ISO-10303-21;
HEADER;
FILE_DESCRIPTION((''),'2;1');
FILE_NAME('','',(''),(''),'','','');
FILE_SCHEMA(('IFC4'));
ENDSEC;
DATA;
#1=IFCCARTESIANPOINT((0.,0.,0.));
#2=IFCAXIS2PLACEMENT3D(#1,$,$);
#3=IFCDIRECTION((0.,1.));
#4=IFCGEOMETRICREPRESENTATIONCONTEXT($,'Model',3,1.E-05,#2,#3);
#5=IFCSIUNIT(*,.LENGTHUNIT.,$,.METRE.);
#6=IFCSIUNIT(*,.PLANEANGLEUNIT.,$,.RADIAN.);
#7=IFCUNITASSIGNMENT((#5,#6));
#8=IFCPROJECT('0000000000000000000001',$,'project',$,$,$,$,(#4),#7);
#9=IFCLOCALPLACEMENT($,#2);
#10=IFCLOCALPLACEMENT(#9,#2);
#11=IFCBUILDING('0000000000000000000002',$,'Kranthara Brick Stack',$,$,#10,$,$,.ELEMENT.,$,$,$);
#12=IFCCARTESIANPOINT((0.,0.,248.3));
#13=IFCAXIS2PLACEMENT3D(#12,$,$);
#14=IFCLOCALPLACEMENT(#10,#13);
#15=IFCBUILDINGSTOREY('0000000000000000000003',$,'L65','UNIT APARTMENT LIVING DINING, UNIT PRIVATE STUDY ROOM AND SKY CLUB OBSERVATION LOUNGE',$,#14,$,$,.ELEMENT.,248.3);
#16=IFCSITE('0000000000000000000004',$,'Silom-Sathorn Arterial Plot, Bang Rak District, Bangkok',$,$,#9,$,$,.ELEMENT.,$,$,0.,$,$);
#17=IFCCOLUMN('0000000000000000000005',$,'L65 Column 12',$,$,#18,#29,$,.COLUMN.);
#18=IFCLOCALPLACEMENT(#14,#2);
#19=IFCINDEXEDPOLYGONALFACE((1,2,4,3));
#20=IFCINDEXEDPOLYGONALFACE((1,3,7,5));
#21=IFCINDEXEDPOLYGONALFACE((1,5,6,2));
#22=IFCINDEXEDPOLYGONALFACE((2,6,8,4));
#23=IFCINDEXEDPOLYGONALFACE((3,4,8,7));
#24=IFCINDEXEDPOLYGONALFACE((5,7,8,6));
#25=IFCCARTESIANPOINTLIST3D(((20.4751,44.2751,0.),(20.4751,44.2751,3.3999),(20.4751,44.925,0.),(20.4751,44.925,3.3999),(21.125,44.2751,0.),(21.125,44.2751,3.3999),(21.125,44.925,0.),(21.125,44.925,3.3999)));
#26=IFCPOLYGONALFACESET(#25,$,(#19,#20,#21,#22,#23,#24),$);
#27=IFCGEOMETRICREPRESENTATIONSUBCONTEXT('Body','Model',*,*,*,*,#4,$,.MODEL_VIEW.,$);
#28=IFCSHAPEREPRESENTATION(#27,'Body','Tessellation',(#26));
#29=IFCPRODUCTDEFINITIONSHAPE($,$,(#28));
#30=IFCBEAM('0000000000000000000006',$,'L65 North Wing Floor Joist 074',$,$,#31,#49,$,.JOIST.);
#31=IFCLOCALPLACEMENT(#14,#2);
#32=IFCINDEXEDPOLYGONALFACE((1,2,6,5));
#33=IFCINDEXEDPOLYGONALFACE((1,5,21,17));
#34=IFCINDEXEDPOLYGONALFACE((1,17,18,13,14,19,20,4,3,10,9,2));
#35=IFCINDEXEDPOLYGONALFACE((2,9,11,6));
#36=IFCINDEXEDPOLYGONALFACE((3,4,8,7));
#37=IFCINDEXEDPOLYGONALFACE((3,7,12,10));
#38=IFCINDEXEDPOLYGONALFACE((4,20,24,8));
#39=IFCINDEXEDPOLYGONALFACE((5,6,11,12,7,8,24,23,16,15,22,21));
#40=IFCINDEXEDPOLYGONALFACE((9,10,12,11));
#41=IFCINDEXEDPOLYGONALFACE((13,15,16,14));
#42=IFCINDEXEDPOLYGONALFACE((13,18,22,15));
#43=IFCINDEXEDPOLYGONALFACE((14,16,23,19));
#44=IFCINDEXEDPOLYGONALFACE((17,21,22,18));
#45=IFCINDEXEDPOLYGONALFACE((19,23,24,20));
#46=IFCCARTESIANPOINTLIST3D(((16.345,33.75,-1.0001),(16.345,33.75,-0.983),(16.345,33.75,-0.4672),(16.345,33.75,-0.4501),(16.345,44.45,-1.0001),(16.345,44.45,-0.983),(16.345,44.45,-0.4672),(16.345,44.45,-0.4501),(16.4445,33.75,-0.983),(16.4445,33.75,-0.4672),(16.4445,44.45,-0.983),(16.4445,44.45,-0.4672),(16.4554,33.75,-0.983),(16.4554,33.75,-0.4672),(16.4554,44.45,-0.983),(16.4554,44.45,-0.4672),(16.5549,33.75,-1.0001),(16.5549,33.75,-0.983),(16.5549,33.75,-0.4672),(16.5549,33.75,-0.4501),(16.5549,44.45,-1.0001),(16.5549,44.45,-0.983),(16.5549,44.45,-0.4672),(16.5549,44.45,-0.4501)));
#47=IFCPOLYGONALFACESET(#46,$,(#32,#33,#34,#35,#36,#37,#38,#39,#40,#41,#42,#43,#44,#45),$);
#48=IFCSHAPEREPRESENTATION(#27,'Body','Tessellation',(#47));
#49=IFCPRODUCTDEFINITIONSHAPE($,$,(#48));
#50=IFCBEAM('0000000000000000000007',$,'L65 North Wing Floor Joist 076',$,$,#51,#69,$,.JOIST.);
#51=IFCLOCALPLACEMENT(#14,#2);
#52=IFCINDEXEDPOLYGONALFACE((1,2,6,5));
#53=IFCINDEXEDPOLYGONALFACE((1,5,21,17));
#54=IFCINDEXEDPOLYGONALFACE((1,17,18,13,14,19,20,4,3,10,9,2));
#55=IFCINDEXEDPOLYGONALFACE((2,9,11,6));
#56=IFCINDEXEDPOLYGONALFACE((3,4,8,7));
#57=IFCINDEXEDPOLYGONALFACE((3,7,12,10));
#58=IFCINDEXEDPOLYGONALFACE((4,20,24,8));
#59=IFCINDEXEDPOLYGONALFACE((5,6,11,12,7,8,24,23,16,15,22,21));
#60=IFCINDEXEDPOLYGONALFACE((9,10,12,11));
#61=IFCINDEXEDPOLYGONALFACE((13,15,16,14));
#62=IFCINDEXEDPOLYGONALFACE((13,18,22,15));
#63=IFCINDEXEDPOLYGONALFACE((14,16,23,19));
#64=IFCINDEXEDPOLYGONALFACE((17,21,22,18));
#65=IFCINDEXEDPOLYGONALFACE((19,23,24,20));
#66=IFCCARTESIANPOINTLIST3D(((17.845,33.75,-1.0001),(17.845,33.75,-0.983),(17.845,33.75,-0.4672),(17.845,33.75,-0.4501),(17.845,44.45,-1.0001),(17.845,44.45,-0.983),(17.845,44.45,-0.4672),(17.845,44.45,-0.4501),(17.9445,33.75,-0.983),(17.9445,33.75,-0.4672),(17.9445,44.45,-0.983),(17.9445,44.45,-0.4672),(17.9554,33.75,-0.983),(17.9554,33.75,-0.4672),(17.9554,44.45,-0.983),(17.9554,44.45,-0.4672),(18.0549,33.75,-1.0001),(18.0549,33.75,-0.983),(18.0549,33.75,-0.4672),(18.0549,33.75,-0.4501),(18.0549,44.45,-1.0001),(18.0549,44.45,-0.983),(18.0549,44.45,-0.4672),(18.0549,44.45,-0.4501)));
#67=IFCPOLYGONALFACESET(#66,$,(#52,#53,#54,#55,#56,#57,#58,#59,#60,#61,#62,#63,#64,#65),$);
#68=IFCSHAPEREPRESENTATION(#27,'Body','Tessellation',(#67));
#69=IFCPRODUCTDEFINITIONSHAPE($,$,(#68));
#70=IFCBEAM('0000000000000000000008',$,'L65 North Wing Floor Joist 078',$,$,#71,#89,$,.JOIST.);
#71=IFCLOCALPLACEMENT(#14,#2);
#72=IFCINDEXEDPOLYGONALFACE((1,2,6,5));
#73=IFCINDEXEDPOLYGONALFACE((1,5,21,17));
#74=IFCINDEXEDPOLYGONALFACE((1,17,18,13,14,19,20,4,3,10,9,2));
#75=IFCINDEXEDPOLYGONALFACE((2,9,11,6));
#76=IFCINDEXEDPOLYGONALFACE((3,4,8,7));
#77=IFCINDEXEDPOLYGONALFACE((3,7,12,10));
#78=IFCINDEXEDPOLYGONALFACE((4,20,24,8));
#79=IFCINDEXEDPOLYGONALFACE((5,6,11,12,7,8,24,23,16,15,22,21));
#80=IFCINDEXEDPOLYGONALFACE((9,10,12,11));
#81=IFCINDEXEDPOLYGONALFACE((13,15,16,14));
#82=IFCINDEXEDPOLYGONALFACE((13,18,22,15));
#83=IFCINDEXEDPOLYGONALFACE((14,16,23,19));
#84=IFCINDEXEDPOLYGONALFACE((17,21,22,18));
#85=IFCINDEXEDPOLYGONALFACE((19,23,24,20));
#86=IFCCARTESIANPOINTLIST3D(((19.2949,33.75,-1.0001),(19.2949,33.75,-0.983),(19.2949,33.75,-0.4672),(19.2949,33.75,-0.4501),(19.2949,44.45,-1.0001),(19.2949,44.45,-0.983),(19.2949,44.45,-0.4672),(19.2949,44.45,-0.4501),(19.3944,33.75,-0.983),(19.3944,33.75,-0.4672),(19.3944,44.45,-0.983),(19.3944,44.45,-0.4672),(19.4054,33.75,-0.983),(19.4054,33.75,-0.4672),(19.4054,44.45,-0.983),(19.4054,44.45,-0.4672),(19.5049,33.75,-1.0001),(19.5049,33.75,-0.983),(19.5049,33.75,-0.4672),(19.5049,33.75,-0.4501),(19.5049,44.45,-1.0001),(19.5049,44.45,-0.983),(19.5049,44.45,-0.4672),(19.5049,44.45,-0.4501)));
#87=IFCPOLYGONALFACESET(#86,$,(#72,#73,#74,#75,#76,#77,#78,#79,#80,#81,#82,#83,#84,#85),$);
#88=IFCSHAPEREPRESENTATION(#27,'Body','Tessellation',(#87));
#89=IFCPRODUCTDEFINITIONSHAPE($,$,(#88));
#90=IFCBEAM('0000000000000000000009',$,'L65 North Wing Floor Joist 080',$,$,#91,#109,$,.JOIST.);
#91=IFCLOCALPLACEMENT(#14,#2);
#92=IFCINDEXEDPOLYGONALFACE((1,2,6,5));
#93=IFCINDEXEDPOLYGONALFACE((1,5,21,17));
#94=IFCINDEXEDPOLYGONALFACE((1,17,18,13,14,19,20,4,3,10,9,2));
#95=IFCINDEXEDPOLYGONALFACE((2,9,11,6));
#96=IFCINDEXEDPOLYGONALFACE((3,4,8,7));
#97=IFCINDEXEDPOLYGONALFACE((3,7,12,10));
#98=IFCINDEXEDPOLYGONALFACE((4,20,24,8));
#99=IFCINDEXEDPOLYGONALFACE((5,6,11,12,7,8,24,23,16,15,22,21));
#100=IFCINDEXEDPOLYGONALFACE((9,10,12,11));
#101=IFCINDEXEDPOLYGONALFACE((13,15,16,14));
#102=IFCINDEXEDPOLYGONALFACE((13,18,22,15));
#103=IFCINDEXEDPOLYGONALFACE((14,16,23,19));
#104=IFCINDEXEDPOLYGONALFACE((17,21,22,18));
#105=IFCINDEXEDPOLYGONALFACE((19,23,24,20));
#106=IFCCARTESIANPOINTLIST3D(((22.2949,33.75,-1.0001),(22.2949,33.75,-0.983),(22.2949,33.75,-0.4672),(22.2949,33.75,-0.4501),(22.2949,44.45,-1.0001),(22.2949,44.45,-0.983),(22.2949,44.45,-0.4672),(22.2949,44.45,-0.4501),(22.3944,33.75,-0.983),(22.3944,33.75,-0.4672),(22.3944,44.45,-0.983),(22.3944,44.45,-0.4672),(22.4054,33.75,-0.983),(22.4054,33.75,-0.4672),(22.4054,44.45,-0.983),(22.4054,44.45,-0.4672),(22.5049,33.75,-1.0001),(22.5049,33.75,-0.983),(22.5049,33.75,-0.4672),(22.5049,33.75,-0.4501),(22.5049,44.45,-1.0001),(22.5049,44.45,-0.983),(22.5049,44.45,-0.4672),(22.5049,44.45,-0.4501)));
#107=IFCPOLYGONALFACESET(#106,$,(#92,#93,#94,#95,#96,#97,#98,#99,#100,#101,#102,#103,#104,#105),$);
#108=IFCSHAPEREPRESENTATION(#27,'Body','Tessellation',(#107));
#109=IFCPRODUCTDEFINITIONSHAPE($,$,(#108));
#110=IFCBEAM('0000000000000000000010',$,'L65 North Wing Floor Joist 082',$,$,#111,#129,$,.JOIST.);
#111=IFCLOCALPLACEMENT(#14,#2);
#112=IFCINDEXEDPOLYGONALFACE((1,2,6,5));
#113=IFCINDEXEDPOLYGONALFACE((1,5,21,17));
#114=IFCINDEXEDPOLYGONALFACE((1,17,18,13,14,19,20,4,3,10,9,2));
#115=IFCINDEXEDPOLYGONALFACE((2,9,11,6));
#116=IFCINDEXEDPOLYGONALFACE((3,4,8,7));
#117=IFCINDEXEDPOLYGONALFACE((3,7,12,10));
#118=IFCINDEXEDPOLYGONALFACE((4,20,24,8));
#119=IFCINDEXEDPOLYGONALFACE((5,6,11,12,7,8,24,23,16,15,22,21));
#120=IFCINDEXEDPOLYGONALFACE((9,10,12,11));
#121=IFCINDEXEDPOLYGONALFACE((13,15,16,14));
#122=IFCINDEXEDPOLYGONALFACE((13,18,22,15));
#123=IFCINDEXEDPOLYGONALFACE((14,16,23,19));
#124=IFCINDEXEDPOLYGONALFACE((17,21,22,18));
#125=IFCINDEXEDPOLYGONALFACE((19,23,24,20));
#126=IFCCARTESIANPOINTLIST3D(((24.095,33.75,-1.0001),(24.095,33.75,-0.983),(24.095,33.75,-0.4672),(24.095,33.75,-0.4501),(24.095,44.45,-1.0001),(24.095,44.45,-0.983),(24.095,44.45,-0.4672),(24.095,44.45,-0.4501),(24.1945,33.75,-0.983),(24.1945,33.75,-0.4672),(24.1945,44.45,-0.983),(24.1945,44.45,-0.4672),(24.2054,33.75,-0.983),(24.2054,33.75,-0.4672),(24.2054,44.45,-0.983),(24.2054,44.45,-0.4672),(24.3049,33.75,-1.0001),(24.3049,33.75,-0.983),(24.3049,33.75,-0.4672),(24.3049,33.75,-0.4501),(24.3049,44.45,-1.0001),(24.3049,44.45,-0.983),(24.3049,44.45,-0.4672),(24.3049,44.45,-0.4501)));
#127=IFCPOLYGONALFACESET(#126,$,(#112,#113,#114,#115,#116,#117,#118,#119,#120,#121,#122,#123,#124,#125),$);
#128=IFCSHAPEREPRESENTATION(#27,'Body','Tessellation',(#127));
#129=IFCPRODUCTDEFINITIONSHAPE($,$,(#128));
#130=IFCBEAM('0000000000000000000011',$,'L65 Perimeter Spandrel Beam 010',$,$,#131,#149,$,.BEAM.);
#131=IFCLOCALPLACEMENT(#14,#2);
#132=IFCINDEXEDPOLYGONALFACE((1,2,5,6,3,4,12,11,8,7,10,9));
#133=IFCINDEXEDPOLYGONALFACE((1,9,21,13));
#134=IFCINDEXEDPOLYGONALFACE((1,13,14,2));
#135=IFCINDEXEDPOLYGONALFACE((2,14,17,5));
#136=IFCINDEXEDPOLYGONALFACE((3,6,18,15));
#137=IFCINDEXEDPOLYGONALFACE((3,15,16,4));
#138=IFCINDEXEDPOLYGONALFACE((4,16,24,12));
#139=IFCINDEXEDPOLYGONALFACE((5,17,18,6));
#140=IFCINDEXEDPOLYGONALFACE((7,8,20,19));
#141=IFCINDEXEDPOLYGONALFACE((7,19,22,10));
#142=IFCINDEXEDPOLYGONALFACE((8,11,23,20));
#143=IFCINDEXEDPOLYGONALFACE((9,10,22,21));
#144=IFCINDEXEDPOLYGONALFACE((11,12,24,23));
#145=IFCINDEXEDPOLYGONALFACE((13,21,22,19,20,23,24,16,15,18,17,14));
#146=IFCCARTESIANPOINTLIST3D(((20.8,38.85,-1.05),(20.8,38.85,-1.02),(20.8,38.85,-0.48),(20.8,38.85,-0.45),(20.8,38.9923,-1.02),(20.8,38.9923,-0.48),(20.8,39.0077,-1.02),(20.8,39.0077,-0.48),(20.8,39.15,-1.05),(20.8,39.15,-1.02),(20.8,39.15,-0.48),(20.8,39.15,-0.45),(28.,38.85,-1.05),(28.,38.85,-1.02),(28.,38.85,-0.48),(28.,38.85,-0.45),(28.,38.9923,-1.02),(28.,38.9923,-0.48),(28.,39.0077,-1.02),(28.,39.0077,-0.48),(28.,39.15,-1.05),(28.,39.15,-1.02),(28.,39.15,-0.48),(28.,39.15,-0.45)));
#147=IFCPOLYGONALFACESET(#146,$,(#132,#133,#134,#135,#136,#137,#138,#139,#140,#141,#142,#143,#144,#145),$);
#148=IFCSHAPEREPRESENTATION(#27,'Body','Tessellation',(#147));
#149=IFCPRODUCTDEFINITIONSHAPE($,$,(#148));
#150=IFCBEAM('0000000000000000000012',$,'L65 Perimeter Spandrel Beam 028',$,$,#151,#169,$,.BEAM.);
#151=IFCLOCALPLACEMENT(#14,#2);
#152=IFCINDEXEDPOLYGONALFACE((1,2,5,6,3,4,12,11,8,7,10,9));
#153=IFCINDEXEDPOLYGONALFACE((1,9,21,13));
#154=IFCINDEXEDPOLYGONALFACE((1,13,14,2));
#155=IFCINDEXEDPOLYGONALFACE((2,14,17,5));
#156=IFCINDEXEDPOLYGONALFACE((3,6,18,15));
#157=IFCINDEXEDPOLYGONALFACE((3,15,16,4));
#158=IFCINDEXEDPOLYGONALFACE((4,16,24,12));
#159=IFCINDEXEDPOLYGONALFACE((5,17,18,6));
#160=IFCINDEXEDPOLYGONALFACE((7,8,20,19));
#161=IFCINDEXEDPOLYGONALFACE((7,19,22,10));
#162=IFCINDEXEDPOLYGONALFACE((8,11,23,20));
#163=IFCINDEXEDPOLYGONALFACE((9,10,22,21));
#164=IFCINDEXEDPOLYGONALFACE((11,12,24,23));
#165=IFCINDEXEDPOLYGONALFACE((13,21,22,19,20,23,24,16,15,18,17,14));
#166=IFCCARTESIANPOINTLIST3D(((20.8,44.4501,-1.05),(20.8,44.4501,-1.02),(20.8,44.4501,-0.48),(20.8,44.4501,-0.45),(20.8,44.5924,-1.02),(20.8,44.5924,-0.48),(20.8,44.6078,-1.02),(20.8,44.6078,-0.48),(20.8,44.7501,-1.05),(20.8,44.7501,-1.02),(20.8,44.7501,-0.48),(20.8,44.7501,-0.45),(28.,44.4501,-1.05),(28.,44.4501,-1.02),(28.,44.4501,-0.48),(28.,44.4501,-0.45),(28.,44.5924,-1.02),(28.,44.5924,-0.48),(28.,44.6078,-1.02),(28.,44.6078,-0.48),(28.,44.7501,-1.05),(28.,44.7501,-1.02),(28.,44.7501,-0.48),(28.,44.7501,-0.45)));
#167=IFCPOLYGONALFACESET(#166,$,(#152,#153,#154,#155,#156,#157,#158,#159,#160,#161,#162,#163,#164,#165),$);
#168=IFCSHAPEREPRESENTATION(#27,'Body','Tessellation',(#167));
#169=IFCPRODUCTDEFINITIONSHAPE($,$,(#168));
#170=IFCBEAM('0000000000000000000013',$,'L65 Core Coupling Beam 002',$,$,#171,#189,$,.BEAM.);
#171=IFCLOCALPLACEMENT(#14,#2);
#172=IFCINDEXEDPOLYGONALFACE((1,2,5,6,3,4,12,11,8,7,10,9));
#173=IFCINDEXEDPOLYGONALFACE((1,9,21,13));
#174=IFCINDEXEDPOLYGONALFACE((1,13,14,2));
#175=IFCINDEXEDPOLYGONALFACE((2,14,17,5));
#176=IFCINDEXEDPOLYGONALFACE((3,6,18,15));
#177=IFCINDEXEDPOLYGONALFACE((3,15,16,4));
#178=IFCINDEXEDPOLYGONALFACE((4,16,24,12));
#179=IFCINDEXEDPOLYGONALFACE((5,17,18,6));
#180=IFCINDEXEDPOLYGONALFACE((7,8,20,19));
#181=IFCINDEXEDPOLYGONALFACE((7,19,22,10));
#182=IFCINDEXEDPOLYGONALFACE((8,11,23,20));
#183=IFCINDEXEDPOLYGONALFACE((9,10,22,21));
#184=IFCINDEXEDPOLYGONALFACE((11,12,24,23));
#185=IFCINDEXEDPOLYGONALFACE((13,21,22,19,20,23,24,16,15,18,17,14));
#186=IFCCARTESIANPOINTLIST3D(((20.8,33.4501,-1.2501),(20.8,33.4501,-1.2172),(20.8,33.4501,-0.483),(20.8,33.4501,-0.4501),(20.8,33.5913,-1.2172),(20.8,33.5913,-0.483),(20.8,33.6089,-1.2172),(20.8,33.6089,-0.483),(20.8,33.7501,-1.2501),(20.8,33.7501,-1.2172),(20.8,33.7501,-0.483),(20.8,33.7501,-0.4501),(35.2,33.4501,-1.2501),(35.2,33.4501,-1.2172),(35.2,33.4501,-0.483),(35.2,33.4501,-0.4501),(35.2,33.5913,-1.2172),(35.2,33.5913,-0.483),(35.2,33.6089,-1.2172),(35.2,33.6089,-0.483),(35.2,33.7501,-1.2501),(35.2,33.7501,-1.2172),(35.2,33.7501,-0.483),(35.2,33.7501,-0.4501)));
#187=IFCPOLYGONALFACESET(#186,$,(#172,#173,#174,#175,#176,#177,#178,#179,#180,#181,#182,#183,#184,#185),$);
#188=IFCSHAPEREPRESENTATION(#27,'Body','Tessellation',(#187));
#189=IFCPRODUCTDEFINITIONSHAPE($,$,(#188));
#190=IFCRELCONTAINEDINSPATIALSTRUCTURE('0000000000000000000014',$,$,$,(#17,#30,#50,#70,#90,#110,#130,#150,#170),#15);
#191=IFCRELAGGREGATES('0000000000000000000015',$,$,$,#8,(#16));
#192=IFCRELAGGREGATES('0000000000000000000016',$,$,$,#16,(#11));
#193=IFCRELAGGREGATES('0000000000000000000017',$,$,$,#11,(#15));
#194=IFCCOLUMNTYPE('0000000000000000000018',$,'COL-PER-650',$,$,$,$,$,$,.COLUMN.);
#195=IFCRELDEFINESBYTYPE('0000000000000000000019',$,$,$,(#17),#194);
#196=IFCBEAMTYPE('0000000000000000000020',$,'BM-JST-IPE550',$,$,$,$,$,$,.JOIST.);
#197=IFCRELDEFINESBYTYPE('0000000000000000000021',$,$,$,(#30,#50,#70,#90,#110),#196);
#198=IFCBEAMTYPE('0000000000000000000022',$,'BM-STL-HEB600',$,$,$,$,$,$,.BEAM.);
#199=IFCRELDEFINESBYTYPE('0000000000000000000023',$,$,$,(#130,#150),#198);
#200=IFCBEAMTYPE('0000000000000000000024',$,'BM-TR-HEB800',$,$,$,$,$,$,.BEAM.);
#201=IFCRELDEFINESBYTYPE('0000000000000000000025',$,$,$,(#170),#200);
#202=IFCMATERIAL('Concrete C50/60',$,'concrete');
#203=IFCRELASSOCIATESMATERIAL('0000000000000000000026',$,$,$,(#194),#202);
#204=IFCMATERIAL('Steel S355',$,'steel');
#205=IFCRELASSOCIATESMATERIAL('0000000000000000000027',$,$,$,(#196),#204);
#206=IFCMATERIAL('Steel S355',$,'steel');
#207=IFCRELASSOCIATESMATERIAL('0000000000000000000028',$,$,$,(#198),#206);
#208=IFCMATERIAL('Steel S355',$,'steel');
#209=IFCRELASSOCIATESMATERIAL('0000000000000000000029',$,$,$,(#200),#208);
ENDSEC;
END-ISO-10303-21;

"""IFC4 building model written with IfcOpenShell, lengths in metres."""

from ifc_helpers import new_model, si_unit, direction, frame, origin, origin_2d, place, context, subcontext, project, spatial, rectangle, i_section, extrude, material, material_profile, profile_set, type_object, element, save


model = new_model("IFC4")

# Units and contexts
model_context = context("Model", 3, precision=1e-05, world=origin(), true_north=direction((0.0, 1.0)))
body_context = subcontext(model_context, "Body", "Model", "MODEL_VIEW")
ifc_project = project(units=[si_unit("LENGTHUNIT", "METRE"), si_unit("PLANEANGLEUNIT", "RADIAN")], contexts=[model_context])

# Site, building, storey
site_placement = place(None, origin())
site = spatial("IfcSite", under=ifc_project, at=site_placement, Name="Silom-Sathorn Arterial Plot, Bang Rak District, Bangkok", CompositionType="ELEMENT", RefElevation=0.0)
building_placement = place(site_placement, origin())
building = spatial("IfcBuilding", under=site, at=building_placement, Name="Kranthara Brick Stack", CompositionType="ELEMENT")
storey_placement = place(building_placement, frame((0.0, 0.0, 248.3)))
storey = spatial("IfcBuildingStorey", under=building, at=storey_placement, Name="L65", Description="UNIT APARTMENT LIVING DINING, UNIT PRIVATE STUDY ROOM AND SKY CLUB OBSERVATION LOUNGE", CompositionType="ELEMENT", Elevation=248.3)

# Column
ifc_material_1 = material(Name="Concrete C50/60", Category="concrete")
ifc_material_profile_1 = material_profile(ifc_material_1, rectangle(XDim=0.6499, YDim=0.6499, at=origin_2d()), Name="RC 650x650")
ifc_profile_set_1 = profile_set([ifc_material_profile_1], Name="Concrete C50/60")
column_type = type_object("IfcColumnType", Name="COL-PER-650", PredefinedType="COLUMN", material=ifc_profile_set_1)
column_placement = place(storey_placement, frame((20.8, 44.6001, 0.0), z_axis=(0.0, 0.0, 1.0), x_axis=(1.0, 0.0, 0.0)))
element("IfcColumn", 1, at=column_placement, inside=storey, type_object=column_type, Name="L65 Column 12", PredefinedType="COLUMN", context=body_context, shape_type="SweptSolid", body=[
    extrude(rectangle(XDim=0.6499, YDim=0.6499, at=origin_2d()), origin(), (0.0, 0.0, 1.0), 3.3999),
])

# Beams
ifc_material_2 = material(Name="Steel S355", Category="steel")
ifc_material_profile_2 = material_profile(ifc_material_2, i_section(OverallWidth=0.21, OverallDepth=0.55, WebThickness=0.011, FlangeThickness=0.0171, at=origin_2d()), Name="IPE 550")
ifc_profile_set_2 = profile_set([ifc_material_profile_2], Name="Steel S355")
beam_type_1 = type_object("IfcBeamType", Name="BM-JST-IPE550", PredefinedType="JOIST", material=ifc_profile_set_2)
for number, where, z_axis, x_axis, name in (
    (2, (16.45, 33.75, -0.7251), (0.0, 1.0, 0.0), (-1.0, 0.0, 0.0), "L65 North Wing Floor Joist 074"),
    (3, (17.95, 33.75, -0.7251), (0.0, 1.0, 0.0), (-1.0, 0.0, 0.0), "L65 North Wing Floor Joist 076"),
    (4, (19.3999, 33.75, -0.7251), (0.0, 1.0, 0.0), (-1.0, 0.0, 0.0), "L65 North Wing Floor Joist 078"),
    (5, (22.3999, 33.75, -0.7251), (0.0, 1.0, 0.0), (-1.0, 0.0, 0.0), "L65 North Wing Floor Joist 080"),
    (6, (24.2, 33.75, -0.7251), (0.0, 1.0, 0.0), (-1.0, 0.0, 0.0), "L65 North Wing Floor Joist 082"),
):
    element("IfcBeam", number, at=place(storey_placement, frame(where, z_axis=z_axis, x_axis=x_axis)), inside=storey, type_object=beam_type_1, Name=name, PredefinedType="JOIST", context=body_context, shape_type="SweptSolid", body=[
        extrude(i_section(OverallWidth=0.21, OverallDepth=0.55, WebThickness=0.011, FlangeThickness=0.0171, at=origin_2d()), origin(), (0.0, 0.0, 1.0), 10.7),
    ])
ifc_material_3 = material(Name="Steel S355", Category="steel")
ifc_material_profile_3 = material_profile(ifc_material_3, i_section(OverallWidth=0.3, OverallDepth=0.6001, WebThickness=0.0154, FlangeThickness=0.03, at=origin_2d()), Name="HEB 600")
ifc_profile_set_3 = profile_set([ifc_material_profile_3], Name="Steel S355")
beam_type_2 = type_object("IfcBeamType", Name="BM-STL-HEB600", PredefinedType="BEAM", material=ifc_profile_set_3)
for number, where, z_axis, x_axis, name in (
    (7, (20.8, 39.0, -0.75), (1.0, 0.0, 0.0), (0.0, 1.0, 0.0), "L65 Perimeter Spandrel Beam 010"),
    (8, (20.8, 44.6001, -0.75), (1.0, 0.0, 0.0), (0.0, 1.0, 0.0), "L65 Perimeter Spandrel Beam 028"),
):
    element("IfcBeam", number, at=place(storey_placement, frame(where, z_axis=z_axis, x_axis=x_axis)), inside=storey, type_object=beam_type_2, Name=name, PredefinedType="BEAM", context=body_context, shape_type="SweptSolid", body=[
        extrude(i_section(OverallWidth=0.3, OverallDepth=0.6001, WebThickness=0.0154, FlangeThickness=0.03, at=origin_2d()), origin(), (0.0, 0.0, 1.0), 7.2),
    ])
ifc_material_4 = material(Name="Steel S355", Category="steel")
ifc_material_profile_4 = material_profile(ifc_material_4, i_section(OverallWidth=0.3, OverallDepth=0.8, WebThickness=0.0176, FlangeThickness=0.033, at=origin_2d()), Name="HEB 800")
ifc_profile_set_4 = profile_set([ifc_material_profile_4], Name="Steel S355")
beam_type_3 = type_object("IfcBeamType", Name="BM-TR-HEB800", PredefinedType="BEAM", material=ifc_profile_set_4)
beam_1_placement = place(storey_placement, frame((20.8, 33.6001, -0.8501), z_axis=(1.0, 0.0, 0.0), x_axis=(0.0, 1.0, 0.0)))
element("IfcBeam", 9, at=beam_1_placement, inside=storey, type_object=beam_type_3, Name="L65 Core Coupling Beam 002", PredefinedType="BEAM", context=body_context, shape_type="SweptSolid", body=[
    extrude(i_section(OverallWidth=0.3, OverallDepth=0.8, WebThickness=0.0176, FlangeThickness=0.033, at=origin_2d()), origin(), (0.0, 0.0, 1.0), 14.3999),
])

save(model, "model.ifc")
